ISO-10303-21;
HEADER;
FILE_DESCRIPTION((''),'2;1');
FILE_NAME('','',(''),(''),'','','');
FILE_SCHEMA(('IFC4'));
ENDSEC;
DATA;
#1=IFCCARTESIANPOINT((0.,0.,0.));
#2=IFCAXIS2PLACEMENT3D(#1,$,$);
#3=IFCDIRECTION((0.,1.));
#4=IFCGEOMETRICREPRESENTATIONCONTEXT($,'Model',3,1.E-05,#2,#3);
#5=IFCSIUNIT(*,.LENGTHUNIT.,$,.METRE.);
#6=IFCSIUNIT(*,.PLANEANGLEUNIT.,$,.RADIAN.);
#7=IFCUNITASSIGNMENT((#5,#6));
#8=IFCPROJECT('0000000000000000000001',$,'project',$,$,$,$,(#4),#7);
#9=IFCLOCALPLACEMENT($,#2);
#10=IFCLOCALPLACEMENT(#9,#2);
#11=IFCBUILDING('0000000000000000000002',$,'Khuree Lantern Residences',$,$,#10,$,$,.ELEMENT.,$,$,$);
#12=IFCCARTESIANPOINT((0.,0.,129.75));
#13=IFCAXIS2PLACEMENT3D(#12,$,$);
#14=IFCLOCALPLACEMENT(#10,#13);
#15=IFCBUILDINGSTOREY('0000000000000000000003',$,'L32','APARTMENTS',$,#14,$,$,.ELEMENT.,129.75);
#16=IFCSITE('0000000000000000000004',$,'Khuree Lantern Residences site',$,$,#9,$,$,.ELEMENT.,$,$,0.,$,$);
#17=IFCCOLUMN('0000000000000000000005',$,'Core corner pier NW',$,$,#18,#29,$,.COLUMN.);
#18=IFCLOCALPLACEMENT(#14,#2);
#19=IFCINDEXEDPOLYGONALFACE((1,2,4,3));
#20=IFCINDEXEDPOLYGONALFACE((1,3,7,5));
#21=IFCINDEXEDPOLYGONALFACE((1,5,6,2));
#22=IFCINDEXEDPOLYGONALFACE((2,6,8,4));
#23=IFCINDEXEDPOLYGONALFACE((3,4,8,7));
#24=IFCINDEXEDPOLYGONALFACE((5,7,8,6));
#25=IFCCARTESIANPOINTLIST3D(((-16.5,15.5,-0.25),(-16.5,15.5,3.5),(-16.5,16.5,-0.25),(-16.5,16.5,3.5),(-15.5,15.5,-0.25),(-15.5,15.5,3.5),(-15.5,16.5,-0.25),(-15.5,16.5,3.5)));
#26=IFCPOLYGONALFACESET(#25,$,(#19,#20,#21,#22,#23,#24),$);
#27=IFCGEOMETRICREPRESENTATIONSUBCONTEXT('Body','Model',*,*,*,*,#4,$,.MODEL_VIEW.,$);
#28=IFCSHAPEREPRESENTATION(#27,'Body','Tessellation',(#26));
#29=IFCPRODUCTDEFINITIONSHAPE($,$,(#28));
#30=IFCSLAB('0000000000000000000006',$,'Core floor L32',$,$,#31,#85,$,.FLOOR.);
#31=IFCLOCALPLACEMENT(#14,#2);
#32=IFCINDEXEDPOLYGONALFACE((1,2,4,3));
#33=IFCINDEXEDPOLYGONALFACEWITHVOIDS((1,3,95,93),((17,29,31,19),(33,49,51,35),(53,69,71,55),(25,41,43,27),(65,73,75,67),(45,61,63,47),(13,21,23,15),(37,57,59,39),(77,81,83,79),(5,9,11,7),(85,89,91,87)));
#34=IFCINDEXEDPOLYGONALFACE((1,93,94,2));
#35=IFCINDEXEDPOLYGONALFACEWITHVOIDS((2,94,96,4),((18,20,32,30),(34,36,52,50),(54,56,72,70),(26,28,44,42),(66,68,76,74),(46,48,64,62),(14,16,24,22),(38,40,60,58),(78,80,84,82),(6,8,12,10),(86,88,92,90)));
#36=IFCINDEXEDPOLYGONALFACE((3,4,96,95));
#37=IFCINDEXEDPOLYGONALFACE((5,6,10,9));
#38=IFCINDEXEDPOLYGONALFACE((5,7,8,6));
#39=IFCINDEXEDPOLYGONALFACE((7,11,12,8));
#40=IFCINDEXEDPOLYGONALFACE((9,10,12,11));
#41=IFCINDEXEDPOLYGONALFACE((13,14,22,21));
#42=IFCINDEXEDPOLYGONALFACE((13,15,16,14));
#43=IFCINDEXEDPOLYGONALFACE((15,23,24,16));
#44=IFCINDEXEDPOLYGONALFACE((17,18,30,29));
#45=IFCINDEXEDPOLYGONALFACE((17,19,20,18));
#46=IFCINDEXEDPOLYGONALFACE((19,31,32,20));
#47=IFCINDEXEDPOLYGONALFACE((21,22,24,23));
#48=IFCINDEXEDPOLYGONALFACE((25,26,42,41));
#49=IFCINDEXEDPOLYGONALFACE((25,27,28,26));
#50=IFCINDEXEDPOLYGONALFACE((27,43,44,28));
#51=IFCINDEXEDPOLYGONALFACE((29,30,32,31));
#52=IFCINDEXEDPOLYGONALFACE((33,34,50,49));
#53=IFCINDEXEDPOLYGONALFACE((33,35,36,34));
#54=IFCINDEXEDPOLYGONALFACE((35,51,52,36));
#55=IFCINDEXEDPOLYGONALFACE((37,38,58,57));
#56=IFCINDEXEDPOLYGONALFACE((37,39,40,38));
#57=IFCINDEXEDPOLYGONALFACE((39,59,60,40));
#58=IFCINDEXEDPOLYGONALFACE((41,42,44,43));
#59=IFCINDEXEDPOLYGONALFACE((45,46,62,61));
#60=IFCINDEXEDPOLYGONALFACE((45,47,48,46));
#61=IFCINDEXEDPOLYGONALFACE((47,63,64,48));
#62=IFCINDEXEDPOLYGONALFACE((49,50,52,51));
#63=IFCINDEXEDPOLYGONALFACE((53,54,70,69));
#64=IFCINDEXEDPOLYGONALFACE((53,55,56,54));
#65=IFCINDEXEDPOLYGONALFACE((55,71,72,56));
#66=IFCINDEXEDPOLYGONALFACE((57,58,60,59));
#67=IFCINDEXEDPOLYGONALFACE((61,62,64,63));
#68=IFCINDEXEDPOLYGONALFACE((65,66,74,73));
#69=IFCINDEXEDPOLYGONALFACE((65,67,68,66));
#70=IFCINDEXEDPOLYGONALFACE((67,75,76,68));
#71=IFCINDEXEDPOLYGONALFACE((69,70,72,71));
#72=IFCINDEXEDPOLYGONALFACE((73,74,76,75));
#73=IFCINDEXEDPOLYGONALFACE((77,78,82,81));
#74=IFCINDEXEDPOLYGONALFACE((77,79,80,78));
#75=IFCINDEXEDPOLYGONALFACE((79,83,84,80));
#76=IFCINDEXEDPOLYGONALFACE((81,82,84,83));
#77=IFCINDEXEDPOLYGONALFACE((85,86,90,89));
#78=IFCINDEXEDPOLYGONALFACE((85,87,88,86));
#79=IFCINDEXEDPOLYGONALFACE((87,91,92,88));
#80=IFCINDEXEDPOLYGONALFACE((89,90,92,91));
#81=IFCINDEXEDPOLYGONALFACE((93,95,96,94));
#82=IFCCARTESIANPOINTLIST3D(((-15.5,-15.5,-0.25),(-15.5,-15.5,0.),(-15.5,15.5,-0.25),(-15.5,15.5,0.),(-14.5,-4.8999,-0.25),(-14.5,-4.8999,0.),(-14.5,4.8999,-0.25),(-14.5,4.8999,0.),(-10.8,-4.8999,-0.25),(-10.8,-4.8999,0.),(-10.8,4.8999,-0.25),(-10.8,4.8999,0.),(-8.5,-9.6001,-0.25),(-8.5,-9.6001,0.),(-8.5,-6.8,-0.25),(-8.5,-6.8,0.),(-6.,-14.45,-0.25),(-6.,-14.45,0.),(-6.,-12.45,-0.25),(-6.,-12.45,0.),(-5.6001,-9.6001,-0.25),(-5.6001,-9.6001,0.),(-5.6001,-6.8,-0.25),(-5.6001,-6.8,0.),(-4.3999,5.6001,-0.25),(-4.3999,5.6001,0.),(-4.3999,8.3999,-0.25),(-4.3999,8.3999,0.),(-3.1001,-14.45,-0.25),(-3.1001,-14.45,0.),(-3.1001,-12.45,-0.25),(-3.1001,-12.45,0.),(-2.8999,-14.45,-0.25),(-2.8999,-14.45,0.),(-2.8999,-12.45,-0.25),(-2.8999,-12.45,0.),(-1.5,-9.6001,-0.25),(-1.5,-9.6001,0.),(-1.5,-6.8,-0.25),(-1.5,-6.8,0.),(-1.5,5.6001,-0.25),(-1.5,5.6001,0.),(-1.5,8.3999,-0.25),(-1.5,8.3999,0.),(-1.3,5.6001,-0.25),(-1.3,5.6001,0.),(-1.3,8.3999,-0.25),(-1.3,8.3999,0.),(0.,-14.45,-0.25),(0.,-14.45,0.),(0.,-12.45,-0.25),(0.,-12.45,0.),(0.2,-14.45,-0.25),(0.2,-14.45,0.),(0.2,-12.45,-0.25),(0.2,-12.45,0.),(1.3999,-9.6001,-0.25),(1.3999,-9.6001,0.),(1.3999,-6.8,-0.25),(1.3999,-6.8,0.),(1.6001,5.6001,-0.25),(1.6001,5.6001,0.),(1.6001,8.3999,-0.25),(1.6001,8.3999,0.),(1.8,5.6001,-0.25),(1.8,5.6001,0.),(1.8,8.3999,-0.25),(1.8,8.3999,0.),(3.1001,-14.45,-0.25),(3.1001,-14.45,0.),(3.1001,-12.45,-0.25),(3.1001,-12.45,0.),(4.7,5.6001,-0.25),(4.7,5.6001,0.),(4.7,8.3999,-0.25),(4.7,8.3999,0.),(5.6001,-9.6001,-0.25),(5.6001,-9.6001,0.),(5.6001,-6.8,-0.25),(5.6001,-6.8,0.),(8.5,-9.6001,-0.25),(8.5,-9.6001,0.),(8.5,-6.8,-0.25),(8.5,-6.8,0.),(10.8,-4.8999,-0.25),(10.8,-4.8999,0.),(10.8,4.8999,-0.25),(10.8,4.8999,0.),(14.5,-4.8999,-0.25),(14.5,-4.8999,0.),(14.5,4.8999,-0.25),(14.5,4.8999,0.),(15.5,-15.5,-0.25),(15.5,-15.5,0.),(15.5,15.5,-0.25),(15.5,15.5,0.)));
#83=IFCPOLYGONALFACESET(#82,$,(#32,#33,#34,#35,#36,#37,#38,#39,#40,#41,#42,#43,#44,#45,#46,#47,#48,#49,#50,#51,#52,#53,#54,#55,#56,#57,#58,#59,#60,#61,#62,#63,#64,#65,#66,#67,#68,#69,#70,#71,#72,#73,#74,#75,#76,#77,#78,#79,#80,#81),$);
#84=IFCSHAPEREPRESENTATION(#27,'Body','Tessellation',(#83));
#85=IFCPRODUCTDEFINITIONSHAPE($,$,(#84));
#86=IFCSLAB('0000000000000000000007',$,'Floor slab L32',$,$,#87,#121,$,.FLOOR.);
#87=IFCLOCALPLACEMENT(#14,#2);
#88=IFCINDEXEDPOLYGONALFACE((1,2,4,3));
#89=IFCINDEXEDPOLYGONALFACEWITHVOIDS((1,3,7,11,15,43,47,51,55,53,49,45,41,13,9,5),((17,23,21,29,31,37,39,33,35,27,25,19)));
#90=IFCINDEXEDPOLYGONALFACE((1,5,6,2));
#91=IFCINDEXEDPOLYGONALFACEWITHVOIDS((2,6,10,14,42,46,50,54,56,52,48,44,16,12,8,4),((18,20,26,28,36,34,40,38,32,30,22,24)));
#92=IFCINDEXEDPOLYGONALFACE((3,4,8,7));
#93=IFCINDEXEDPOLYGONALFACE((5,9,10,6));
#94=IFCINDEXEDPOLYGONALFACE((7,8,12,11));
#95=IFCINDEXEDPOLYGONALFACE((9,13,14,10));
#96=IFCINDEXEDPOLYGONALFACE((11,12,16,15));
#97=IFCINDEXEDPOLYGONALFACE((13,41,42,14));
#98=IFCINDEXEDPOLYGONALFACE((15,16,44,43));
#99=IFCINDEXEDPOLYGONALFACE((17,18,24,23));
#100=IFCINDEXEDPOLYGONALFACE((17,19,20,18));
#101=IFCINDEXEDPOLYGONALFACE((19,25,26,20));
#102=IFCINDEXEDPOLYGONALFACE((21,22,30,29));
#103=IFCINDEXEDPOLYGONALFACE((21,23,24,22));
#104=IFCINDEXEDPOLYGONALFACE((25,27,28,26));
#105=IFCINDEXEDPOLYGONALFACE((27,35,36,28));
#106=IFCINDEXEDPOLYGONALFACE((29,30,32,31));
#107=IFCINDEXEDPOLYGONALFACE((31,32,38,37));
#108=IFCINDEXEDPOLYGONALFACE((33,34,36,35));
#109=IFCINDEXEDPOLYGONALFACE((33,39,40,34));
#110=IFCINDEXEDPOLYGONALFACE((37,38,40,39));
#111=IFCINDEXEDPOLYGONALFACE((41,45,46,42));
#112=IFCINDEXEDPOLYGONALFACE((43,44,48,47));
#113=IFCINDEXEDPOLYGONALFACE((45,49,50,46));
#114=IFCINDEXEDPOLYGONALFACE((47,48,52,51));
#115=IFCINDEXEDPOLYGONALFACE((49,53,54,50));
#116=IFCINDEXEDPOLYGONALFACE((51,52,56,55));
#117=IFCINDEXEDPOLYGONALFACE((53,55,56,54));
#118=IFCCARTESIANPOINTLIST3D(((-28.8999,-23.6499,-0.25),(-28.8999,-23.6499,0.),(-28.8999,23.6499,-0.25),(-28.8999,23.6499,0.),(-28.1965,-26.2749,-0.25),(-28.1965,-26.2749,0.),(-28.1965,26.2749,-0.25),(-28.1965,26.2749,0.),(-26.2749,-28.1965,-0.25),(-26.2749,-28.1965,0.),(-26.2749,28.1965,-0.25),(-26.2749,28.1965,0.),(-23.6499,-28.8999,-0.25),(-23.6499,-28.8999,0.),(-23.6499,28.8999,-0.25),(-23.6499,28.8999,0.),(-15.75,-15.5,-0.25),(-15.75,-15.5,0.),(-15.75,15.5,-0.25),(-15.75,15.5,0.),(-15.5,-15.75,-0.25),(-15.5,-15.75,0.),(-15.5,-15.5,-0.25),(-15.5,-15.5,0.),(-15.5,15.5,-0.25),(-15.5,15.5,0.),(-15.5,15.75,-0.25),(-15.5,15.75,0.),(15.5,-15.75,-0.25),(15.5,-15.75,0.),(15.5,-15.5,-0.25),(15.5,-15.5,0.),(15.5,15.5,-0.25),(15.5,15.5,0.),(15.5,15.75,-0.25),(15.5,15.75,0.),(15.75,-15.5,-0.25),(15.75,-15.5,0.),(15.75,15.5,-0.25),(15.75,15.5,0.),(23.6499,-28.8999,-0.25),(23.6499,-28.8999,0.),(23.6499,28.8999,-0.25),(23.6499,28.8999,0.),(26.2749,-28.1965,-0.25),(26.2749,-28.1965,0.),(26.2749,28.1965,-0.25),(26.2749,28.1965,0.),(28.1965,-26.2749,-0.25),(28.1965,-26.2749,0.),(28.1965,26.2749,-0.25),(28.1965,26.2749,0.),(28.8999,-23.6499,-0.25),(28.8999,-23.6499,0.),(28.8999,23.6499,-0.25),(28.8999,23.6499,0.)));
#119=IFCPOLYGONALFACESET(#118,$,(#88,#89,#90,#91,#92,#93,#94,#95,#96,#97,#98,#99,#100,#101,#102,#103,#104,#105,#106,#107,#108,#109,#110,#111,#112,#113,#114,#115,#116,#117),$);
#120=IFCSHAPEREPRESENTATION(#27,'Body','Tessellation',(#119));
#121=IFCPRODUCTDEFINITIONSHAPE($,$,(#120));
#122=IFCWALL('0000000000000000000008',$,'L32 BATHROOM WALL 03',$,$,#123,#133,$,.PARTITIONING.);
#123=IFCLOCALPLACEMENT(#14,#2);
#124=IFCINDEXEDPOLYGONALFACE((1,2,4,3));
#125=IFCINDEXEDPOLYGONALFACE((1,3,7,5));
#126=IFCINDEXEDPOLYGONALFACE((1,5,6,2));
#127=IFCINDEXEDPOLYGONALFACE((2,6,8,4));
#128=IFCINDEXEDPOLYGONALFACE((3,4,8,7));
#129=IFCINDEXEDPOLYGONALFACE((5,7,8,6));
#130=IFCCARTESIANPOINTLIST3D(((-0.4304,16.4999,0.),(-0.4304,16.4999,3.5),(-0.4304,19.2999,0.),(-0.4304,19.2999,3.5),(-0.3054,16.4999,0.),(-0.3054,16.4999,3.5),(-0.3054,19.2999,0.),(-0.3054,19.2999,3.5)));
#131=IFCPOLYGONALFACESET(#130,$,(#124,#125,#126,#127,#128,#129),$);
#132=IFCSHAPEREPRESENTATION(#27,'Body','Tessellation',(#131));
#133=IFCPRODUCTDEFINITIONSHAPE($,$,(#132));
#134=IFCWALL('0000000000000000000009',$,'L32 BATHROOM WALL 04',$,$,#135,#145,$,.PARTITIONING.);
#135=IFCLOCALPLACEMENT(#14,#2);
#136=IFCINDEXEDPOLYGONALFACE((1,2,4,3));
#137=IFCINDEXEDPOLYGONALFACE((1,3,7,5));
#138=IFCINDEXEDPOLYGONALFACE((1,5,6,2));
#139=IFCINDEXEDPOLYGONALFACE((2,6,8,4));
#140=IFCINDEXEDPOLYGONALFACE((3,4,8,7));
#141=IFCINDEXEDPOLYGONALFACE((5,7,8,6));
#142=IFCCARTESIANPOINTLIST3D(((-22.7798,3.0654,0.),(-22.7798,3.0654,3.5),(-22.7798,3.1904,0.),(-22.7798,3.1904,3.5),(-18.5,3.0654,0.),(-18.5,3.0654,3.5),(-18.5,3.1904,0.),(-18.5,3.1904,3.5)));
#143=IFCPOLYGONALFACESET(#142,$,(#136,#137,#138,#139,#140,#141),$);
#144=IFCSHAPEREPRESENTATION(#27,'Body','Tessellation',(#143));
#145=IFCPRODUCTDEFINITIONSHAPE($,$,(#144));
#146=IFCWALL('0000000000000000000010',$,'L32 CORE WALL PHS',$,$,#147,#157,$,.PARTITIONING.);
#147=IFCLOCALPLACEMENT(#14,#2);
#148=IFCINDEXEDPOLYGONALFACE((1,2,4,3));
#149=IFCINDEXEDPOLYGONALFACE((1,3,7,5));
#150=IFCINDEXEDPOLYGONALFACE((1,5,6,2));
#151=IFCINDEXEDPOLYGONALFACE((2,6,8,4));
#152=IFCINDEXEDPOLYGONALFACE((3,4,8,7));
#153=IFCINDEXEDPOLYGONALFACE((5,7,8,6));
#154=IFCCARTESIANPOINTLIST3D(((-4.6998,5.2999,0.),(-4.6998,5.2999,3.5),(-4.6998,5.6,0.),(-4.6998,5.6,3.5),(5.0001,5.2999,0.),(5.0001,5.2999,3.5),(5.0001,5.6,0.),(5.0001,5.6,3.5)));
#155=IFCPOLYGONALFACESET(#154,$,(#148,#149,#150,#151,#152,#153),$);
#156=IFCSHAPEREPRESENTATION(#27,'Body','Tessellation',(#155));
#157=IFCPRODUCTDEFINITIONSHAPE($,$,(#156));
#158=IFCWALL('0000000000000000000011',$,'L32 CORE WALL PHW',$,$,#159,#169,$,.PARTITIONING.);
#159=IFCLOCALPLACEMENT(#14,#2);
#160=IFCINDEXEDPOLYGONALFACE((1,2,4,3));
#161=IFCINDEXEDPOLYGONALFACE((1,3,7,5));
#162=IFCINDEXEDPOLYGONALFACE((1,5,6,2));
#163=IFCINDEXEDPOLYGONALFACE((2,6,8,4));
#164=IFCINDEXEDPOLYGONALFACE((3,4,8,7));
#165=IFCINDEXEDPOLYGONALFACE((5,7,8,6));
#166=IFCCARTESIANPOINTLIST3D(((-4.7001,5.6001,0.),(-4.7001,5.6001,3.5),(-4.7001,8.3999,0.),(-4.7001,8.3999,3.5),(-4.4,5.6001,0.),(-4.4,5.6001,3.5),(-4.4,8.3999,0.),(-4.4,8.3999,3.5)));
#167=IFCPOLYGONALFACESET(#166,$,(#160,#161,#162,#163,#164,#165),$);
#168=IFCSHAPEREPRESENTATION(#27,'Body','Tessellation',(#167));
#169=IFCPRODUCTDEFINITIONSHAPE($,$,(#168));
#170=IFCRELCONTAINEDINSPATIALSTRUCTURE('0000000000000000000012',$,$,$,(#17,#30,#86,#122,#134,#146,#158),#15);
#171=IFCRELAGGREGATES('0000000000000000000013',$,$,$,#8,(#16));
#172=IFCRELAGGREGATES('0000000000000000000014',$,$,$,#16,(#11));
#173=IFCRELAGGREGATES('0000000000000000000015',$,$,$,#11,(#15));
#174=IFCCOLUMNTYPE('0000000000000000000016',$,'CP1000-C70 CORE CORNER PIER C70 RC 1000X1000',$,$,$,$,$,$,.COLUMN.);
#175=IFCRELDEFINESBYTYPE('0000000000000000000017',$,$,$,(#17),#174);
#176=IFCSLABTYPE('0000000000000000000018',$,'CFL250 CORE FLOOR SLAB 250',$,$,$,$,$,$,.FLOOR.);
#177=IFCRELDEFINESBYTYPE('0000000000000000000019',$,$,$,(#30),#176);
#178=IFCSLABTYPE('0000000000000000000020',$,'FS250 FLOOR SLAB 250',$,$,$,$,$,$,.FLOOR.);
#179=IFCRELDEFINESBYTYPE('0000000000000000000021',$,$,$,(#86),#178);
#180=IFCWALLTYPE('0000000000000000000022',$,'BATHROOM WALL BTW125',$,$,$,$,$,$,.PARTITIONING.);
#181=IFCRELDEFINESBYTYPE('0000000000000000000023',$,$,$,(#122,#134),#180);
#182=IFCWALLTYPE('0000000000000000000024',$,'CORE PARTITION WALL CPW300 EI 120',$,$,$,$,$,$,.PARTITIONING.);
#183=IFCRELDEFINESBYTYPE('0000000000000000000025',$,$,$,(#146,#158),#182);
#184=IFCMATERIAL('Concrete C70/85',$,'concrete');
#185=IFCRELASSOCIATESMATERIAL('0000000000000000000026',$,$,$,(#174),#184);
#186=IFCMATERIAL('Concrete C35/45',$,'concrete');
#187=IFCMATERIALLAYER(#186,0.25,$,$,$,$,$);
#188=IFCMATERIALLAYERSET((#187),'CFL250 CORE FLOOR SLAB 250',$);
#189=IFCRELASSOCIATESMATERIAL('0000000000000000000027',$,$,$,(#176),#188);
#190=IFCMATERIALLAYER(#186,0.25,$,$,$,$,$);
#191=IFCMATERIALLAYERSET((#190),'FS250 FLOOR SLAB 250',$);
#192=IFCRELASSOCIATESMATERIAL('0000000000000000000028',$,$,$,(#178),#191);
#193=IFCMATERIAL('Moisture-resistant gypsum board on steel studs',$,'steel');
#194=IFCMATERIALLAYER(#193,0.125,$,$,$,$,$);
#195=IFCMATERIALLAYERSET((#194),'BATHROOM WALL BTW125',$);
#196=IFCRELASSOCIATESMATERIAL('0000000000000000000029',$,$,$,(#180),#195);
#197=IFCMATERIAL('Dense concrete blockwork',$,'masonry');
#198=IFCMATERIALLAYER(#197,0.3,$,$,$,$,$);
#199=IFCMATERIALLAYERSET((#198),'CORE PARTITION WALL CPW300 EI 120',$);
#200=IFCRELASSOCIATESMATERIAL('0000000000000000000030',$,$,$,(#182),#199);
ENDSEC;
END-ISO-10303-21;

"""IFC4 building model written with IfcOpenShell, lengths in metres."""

from ifc_helpers import new_model, si_unit, direction, frame, frame_2d, origin, origin_2d, place, context, subcontext, project, spatial, polyline, rectangle, outline, extrude, material, layer, layer_set, material_profile, profile_set, type_object, element, save


model = new_model("IFC4")

# Units and contexts
model_context = context("Model", 3, precision=1e-05, world=origin(), true_north=direction((0.0, 1.0)))
body_context = subcontext(model_context, "Body", "Model", "MODEL_VIEW")
ifc_project = project(units=[si_unit("LENGTHUNIT", "METRE"), si_unit("PLANEANGLEUNIT", "RADIAN")], contexts=[model_context])

# Site, building, storey
site_placement = place(None, origin())
site = spatial("IfcSite", under=ifc_project, at=site_placement, Name="Khuree Lantern Residences site", CompositionType="ELEMENT", RefElevation=0.0)
building_placement = place(site_placement, origin())
building = spatial("IfcBuilding", under=site, at=building_placement, Name="Khuree Lantern Residences", CompositionType="ELEMENT")
storey_placement = place(building_placement, frame((0.0, 0.0, 129.75)))
storey = spatial("IfcBuildingStorey", under=building, at=storey_placement, Name="L32", Description="APARTMENTS", CompositionType="ELEMENT", Elevation=129.75)

# Column
ifc_material_1 = material(Name="Concrete C70/85", Category="concrete")
ifc_material_profile = material_profile(ifc_material_1, rectangle(XDim=1.0, YDim=1.0, at=origin_2d()), Name="RC 1000X1000")
ifc_profile_set = profile_set([ifc_material_profile], Name="Concrete C70/85")
column_type = type_object("IfcColumnType", Name="CP1000-C70 CORE CORNER PIER C70 RC 1000X1000", PredefinedType="COLUMN", material=ifc_profile_set)
column_placement = place(storey_placement, frame((-16.0, 16.0, -0.25), z_axis=(0.0, 0.0, 1.0), x_axis=(1.0, 0.0, 0.0)))
element("IfcColumn", 1, at=column_placement, inside=storey, type_object=column_type, Name="Core corner pier NW", PredefinedType="COLUMN", context=body_context, shape_type="SweptSolid", body=[
    extrude(rectangle(XDim=1.0, YDim=1.0, at=origin_2d()), origin(), (0.0, 0.0, 1.0), 3.75),
])

# Slabs
ifc_material_2 = material(Name="Concrete C35/45", Category="concrete")
ifc_layer_1 = layer(ifc_material_2, 0.25)
ifc_layer_set_1 = layer_set([ifc_layer_1], Name="CFL250 CORE FLOOR SLAB 250")
slab_type_1 = type_object("IfcSlabType", Name="CFL250 CORE FLOOR SLAB 250", PredefinedType="FLOOR", material=ifc_layer_set_1)
slab_1_placement = place(storey_placement, frame((0.0, 0.0, -0.25)))
element("IfcSlab", 2, at=slab_1_placement, inside=storey, type_object=slab_type_1, Name="Core floor L32", PredefinedType="FLOOR", context=body_context, shape_type="SweptSolid", body=[
    extrude(outline(polyline([(-15.5, -15.5), (-15.5, 15.5), (15.5, 15.5), (15.5, -15.5), (-15.5, -15.5)]), holes=[polyline([(10.8, 4.8999), (10.8, -4.8999), (14.5, -4.8999), (14.5, 4.8999), (10.8, 4.8999)]), polyline([(8.5, -6.8), (5.6001, -6.8), (5.6001, -9.6001), (8.5, -9.6001), (8.5, -6.8)]), polyline([(4.7, 8.3999), (1.8, 8.3999), (1.8, 5.6001), (4.7, 5.6001), (4.7, 8.3999)]), polyline([(3.1001, -12.45), (0.2, -12.45), (0.2, -14.45), (3.1001, -14.45), (3.1001, -12.45)]), polyline([(1.6001, 8.3999), (-1.3, 8.3999), (-1.3, 5.6001), (1.6001, 5.6001), (1.6001, 8.3999)]), polyline([(1.3999, -6.8), (-1.5, -6.8), (-1.5, -9.6001), (1.3999, -9.6001), (1.3999, -6.8)]), polyline([(-2.8999, -12.45), (-2.8999, -14.45), (0.0, -14.45), (0.0, -12.45), (-2.8999, -12.45)]), polyline([(-4.3999, 8.3999), (-4.3999, 5.6001), (-1.5, 5.6001), (-1.5, 8.3999), (-4.3999, 8.3999)]), polyline([(-6.0, -12.45), (-6.0, -14.45), (-3.1001, -14.45), (-3.1001, -12.45), (-6.0, -12.45)]), polyline([(-8.5, -6.8), (-8.5, -9.6001), (-5.6001, -9.6001), (-5.6001, -6.8), (-8.5, -6.8)]), polyline([(-10.8, 4.8999), (-14.5, 4.8999), (-14.5, -4.8999), (-10.8, -4.8999), (-10.8, 4.8999)])]), origin(), (0.0, 0.0, 1.0), 0.25),
])
ifc_layer_2 = layer(ifc_material_2, 0.25)
ifc_layer_set_2 = layer_set([ifc_layer_2], Name="FS250 FLOOR SLAB 250")
slab_type_2 = type_object("IfcSlabType", Name="FS250 FLOOR SLAB 250", PredefinedType="FLOOR", material=ifc_layer_set_2)
slab_2_placement = place(storey_placement, frame((0.0, 0.0, -0.25)))
element("IfcSlab", 3, at=slab_2_placement, inside=storey, type_object=slab_type_2, Name="Floor slab L32", PredefinedType="FLOOR", context=body_context, shape_type="SweptSolid", body=[
    extrude(outline(polyline([(-26.2749, -28.1965), (-28.1965, -26.2749), (-28.8999, -23.6499), (-28.8999, 23.6499), (-28.1965, 26.2749), (-26.2749, 28.1965), (-23.6499, 28.8999), (23.6499, 28.8999), (26.2749, 28.1965), (28.1965, 26.2749), (28.8999, 23.6499), (28.8999, -23.6499), (28.1965, -26.2749), (26.2749, -28.1965), (23.6499, -28.8999), (-23.6499, -28.8999), (-26.2749, -28.1965)]), holes=[polyline([(15.75, 15.5), (15.5, 15.5), (15.5, 15.75), (-15.5, 15.75), (-15.5, 15.5), (-15.75, 15.5), (-15.75, -15.5), (-15.5, -15.5), (-15.5, -15.75), (15.5, -15.75), (15.5, -15.5), (15.75, -15.5), (15.75, 15.5)])]), origin(), (0.0, 0.0, 1.0), 0.25),
])

# Walls
ifc_material_3 = material(Name="Moisture-resistant gypsum board on steel studs", Category="steel")
ifc_layer_3 = layer(ifc_material_3, 0.125)
ifc_layer_set_3 = layer_set([ifc_layer_3], Name="BATHROOM WALL BTW125")
wall_type_1 = type_object("IfcWallType", Name="BATHROOM WALL BTW125", PredefinedType="PARTITIONING", material=ifc_layer_set_3)
wall_1_placement = place(storey_placement, frame((-0.3679, 16.5, 0.0), z_axis=(0.0, 0.0, 1.0), x_axis=(0.0, 1.0, 0.0)))
element("IfcWall", 4, at=wall_1_placement, inside=storey, type_object=wall_type_1, Name="L32 BATHROOM WALL 03", PredefinedType="PARTITIONING", context=body_context, shape_type="SweptSolid", body=[
    extrude(rectangle(XDim=2.8, YDim=0.125, at=frame_2d((1.3999, 0.0))), origin(), (0.0, 0.0, 1.0), 3.5),
])
wall_2_placement = place(storey_placement, frame((-18.5, 3.1279, 0.0), z_axis=(0.0, 0.0, 1.0), x_axis=(-1.0, 0.0, 0.0)))
element("IfcWall", 5, at=wall_2_placement, inside=storey, type_object=wall_type_1, Name="L32 BATHROOM WALL 04", PredefinedType="PARTITIONING", context=body_context, shape_type="SweptSolid", body=[
    extrude(rectangle(XDim=4.2798, YDim=0.125, at=frame_2d((2.1399, 0.0))), origin(), (0.0, 0.0, 1.0), 3.5),
])
ifc_material_4 = material(Name="Dense concrete blockwork", Category="masonry")
ifc_layer_4 = layer(ifc_material_4, 0.3)
ifc_layer_set_4 = layer_set([ifc_layer_4], Name="CORE PARTITION WALL CPW300 EI 120")
wall_type_2 = type_object("IfcWallType", Name="CORE PARTITION WALL CPW300 EI 120", PredefinedType="PARTITIONING", material=ifc_layer_set_4)
wall_3_placement = place(storey_placement, frame((-4.7, 5.45, 0.0), z_axis=(0.0, 0.0, 1.0), x_axis=(1.0, 0.0, 0.0)))
element("IfcWall", 6, at=wall_3_placement, inside=storey, type_object=wall_type_2, Name="L32 CORE WALL PHS", PredefinedType="PARTITIONING", context=body_context, shape_type="SweptSolid", body=[
    extrude(rectangle(XDim=9.7, YDim=0.3, at=frame_2d((4.8501, 0.0))), origin(), (0.0, 0.0, 1.0), 3.5),
])
wall_4_placement = place(storey_placement, frame((-4.55, 5.6001, 0.0), z_axis=(0.0, 0.0, 1.0), x_axis=(0.0, 1.0, 0.0)))
element("IfcWall", 7, at=wall_4_placement, inside=storey, type_object=wall_type_2, Name="L32 CORE WALL PHW", PredefinedType="PARTITIONING", context=body_context, shape_type="SweptSolid", body=[
    extrude(rectangle(XDim=2.7998, YDim=0.3, at=frame_2d((1.3999, 0.0))), origin(), (0.0, 0.0, 1.0), 3.5),
])

save(model, "model.ifc")
